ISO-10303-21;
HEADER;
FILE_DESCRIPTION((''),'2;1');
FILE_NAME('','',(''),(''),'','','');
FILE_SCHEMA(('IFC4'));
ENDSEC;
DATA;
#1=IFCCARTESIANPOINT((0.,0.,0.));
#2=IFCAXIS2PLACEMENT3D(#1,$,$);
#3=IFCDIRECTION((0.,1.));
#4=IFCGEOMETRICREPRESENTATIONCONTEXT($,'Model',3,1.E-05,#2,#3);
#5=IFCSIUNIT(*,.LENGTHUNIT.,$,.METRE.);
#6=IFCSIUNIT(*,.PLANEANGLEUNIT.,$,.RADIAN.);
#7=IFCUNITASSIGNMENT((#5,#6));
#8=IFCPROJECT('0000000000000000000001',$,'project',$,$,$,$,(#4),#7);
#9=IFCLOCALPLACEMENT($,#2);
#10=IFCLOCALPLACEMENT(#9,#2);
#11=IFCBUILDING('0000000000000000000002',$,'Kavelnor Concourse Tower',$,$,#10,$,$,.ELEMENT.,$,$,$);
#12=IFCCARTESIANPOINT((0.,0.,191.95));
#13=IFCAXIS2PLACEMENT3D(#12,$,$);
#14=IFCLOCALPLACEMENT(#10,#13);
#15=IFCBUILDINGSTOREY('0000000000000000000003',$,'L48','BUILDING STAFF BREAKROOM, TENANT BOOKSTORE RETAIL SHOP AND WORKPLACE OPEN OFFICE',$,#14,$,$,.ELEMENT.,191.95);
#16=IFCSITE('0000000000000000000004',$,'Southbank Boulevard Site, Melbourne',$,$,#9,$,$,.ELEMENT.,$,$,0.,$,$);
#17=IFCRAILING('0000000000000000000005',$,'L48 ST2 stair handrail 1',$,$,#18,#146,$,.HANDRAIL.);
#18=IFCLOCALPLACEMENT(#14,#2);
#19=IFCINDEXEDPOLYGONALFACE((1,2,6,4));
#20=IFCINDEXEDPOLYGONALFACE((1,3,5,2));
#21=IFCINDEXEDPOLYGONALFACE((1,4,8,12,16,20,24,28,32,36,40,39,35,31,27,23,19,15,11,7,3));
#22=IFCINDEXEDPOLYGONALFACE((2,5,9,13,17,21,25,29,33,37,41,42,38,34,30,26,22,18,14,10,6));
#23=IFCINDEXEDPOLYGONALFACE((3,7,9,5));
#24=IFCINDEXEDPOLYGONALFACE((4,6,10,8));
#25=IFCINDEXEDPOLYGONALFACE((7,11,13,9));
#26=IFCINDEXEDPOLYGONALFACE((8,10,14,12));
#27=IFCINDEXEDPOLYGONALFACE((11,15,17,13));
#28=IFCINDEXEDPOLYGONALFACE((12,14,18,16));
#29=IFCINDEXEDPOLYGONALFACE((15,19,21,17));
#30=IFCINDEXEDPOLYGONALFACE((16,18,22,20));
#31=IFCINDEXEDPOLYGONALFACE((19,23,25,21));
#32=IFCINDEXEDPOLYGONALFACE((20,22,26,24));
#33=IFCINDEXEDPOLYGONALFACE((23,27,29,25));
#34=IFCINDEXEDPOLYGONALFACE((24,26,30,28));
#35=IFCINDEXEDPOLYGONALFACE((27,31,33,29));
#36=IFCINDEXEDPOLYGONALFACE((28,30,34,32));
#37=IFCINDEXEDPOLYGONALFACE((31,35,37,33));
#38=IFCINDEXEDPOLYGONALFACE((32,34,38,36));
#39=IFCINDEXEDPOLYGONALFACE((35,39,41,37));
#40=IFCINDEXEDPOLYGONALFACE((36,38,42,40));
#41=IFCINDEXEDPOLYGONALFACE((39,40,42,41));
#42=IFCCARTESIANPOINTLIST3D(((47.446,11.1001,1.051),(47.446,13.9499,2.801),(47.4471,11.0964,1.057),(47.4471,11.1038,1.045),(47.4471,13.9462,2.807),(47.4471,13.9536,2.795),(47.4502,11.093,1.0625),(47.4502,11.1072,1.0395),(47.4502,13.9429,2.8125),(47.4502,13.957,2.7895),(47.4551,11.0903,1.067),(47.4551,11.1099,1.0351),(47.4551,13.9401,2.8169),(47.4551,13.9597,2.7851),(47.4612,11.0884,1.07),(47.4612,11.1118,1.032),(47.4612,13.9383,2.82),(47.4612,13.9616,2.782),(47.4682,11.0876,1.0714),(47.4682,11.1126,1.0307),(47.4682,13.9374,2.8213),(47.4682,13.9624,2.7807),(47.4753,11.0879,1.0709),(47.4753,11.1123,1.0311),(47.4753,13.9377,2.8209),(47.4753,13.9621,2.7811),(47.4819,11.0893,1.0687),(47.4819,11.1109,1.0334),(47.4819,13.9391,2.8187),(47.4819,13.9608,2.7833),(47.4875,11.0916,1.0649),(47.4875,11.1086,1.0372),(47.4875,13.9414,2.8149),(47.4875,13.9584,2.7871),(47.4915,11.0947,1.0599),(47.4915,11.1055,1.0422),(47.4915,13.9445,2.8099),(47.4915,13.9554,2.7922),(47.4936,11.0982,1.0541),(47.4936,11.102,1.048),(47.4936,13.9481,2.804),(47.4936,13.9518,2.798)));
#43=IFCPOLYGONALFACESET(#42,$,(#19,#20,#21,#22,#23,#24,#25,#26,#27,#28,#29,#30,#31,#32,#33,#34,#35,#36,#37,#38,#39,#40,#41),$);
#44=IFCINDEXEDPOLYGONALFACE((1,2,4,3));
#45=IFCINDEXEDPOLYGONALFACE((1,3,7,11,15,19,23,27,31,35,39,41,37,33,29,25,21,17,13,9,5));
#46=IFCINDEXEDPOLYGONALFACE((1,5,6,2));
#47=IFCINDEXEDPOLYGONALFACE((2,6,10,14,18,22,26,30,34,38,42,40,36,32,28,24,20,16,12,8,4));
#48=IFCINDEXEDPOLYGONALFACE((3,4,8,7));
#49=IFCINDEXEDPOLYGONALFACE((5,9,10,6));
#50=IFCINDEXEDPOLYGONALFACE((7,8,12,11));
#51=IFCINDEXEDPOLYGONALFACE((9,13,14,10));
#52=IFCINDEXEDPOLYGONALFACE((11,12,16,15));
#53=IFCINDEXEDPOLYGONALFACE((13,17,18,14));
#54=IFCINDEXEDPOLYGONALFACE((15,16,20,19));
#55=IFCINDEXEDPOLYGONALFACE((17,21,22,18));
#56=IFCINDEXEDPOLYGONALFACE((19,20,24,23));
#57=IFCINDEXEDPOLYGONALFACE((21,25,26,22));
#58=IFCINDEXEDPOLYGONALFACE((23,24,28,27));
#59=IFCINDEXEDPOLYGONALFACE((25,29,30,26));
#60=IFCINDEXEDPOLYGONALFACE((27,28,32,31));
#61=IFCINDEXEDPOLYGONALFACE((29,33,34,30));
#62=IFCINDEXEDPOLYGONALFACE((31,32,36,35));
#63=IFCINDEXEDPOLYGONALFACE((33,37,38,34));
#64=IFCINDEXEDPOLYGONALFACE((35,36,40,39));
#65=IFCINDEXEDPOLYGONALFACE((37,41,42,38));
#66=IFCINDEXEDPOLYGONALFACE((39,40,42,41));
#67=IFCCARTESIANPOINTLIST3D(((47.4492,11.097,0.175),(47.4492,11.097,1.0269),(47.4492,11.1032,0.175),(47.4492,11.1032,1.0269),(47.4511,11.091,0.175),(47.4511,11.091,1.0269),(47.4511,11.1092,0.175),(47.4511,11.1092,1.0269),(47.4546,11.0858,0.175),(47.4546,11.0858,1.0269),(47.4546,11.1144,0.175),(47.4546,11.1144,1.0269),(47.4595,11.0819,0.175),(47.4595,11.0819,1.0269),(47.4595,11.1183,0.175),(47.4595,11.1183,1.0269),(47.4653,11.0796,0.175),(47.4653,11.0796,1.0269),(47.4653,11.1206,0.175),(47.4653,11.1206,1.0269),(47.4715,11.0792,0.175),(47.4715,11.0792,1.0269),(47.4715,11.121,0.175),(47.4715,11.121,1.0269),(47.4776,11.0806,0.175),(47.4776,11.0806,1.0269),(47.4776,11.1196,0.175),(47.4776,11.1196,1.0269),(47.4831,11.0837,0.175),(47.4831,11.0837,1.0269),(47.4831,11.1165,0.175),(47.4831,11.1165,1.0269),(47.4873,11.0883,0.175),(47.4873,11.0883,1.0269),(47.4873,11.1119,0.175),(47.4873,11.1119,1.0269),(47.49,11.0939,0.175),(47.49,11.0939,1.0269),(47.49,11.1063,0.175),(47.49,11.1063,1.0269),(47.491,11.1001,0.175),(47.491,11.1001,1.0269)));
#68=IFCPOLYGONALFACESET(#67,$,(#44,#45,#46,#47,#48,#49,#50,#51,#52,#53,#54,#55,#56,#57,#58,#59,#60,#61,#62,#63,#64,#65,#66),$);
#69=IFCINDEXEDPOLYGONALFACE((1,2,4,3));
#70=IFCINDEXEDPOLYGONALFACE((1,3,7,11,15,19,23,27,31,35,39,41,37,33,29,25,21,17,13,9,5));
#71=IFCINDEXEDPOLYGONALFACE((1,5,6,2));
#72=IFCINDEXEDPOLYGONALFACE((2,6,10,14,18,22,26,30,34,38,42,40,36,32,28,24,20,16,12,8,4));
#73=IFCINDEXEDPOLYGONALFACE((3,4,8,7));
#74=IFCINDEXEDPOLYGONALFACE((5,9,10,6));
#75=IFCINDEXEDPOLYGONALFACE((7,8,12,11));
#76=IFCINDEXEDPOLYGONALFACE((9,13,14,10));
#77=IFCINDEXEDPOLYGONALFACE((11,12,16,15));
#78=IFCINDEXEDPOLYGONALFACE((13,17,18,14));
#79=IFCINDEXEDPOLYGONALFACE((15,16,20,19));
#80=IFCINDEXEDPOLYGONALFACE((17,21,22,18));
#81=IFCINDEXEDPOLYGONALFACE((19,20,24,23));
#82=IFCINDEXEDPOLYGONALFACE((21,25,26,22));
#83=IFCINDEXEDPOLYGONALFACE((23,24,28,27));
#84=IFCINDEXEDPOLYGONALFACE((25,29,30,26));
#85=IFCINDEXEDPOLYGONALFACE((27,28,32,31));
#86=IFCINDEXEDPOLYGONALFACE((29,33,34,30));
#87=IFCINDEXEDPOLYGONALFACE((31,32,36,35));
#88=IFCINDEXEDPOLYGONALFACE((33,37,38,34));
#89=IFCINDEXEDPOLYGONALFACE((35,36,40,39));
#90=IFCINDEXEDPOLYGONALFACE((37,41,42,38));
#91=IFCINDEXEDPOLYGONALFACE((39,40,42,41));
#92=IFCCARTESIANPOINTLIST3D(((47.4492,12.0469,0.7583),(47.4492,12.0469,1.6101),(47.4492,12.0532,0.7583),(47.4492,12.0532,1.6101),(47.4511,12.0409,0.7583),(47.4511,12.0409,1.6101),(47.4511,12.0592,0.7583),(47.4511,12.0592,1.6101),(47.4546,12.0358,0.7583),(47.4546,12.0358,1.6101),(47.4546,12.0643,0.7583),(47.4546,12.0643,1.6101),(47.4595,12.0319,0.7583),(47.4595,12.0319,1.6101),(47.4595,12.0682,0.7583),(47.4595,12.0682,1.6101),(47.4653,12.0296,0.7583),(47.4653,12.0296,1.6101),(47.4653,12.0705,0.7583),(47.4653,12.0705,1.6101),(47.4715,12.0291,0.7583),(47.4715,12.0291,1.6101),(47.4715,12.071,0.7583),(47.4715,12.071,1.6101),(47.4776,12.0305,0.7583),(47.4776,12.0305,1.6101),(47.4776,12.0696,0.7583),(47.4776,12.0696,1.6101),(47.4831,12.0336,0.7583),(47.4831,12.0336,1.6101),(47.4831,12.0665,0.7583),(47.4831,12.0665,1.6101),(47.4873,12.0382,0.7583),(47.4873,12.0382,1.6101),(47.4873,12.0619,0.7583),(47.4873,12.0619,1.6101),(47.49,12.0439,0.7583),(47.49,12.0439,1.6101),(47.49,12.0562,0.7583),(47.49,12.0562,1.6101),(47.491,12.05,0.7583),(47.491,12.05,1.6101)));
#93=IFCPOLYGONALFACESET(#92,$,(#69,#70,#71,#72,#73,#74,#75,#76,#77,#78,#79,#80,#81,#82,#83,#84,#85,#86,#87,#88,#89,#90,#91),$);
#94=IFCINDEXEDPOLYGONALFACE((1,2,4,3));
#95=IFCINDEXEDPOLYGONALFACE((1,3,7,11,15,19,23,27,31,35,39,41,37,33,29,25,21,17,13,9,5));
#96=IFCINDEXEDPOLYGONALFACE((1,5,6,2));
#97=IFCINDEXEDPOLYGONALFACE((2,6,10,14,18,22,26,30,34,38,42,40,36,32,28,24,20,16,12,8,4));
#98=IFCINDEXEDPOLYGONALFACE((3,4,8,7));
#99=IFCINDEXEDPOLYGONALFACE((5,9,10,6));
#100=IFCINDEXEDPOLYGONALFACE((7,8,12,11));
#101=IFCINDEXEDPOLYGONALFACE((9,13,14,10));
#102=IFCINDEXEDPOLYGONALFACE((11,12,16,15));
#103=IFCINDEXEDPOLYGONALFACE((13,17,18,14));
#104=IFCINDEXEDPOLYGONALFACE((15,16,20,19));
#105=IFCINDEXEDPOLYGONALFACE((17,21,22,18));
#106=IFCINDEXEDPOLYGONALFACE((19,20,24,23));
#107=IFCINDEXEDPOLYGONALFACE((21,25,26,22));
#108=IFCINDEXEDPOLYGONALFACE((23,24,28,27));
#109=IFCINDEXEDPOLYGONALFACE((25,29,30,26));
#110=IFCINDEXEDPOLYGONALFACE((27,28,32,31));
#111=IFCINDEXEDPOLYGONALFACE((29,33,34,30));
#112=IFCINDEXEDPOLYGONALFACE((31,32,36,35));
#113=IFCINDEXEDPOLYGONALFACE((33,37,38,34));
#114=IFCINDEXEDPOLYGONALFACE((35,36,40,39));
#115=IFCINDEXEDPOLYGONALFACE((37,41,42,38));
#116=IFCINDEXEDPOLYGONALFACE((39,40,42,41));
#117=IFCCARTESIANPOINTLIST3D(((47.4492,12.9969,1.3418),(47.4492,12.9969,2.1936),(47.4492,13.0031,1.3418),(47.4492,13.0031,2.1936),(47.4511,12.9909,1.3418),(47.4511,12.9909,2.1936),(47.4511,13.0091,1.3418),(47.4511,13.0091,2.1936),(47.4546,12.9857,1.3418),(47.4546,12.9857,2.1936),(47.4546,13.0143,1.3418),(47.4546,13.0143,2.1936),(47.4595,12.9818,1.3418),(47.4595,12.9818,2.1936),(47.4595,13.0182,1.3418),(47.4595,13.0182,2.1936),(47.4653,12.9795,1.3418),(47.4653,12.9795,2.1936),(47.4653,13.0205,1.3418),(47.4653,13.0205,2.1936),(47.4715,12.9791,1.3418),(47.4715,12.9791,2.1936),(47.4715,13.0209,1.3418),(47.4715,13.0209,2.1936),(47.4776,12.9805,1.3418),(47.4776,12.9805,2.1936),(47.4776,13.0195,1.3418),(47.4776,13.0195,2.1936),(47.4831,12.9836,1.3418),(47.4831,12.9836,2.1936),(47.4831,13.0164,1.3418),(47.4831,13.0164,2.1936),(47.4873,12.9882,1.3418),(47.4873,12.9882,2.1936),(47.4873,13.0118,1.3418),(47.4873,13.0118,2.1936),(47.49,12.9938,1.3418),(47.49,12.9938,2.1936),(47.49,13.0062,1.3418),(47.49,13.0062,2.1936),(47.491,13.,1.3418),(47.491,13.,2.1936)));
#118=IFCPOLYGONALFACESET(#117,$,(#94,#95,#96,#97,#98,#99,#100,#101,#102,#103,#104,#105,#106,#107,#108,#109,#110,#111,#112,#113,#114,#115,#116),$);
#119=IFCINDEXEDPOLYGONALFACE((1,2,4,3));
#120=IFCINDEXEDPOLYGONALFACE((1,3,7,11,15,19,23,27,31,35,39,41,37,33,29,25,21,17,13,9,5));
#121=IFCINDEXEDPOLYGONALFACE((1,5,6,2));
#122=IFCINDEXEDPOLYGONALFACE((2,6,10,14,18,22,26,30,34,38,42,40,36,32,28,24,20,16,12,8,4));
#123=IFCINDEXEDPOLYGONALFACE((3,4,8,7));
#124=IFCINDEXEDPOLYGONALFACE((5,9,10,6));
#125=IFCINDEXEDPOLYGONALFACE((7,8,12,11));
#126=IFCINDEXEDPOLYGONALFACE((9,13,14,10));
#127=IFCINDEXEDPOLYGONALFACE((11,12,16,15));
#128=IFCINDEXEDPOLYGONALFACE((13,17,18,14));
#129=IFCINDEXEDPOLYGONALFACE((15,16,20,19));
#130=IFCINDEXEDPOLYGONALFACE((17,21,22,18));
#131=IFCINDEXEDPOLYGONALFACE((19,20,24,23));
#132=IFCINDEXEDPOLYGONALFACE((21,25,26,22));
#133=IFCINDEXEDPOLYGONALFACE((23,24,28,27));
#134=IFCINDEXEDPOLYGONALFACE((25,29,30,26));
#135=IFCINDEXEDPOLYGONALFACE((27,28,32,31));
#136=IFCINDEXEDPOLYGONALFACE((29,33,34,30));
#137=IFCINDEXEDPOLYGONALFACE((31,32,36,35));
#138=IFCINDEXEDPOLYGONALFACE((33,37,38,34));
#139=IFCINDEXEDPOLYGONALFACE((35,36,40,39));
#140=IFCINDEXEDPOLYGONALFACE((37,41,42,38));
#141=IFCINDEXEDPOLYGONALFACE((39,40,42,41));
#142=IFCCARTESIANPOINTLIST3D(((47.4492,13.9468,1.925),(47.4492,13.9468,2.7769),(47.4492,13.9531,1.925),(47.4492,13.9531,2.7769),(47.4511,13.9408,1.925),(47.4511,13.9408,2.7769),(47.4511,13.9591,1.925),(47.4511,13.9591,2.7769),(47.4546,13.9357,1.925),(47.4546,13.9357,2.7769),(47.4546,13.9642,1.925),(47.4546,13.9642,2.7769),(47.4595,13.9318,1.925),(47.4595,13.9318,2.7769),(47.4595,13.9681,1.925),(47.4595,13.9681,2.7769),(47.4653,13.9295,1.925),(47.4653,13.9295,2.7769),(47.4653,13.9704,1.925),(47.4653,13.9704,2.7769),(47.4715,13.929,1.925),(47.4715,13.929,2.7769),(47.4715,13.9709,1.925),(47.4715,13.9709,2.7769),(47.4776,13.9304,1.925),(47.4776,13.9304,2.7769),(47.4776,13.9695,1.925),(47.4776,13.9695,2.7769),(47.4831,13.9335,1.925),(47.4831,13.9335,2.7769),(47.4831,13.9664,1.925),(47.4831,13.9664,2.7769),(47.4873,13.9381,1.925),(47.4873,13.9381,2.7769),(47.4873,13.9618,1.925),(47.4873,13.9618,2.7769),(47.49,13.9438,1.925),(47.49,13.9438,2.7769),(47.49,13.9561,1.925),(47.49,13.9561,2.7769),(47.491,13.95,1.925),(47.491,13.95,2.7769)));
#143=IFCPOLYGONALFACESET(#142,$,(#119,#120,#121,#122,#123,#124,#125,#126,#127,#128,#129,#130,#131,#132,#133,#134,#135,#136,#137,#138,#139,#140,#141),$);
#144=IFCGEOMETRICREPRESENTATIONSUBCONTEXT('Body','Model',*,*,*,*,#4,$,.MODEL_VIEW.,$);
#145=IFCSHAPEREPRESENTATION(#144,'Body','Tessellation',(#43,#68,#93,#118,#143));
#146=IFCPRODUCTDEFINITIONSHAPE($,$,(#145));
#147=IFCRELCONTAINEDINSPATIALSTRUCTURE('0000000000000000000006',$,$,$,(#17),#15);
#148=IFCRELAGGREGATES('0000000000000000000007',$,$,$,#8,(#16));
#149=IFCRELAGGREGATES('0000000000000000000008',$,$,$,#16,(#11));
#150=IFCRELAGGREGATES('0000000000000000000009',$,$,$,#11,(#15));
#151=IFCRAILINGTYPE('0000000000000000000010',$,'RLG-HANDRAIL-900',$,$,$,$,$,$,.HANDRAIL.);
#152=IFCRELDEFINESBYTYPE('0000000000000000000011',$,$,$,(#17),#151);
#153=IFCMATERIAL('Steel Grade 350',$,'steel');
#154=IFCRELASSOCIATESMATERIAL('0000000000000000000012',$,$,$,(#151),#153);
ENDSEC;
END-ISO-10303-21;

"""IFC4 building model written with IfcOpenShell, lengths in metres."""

from ifc_helpers import new_model, si_unit, direction, frame, origin, origin_2d, place, context, subcontext, project, spatial, circle, extrude, material, type_object, element, save


model = new_model("IFC4")

# Units and contexts
model_context = context("Model", 3, precision=1e-05, world=origin(), true_north=direction((0.0, 1.0)))
body_context = subcontext(model_context, "Body", "Model", "MODEL_VIEW")
ifc_project = project(units=[si_unit("LENGTHUNIT", "METRE"), si_unit("PLANEANGLEUNIT", "RADIAN")], contexts=[model_context])

# Site, building, storey
site_placement = place(None, origin())
site = spatial("IfcSite", under=ifc_project, at=site_placement, Name="Southbank Boulevard Site, Melbourne", CompositionType="ELEMENT", RefElevation=0.0)
building_placement = place(site_placement, origin())
building = spatial("IfcBuilding", under=site, at=building_placement, Name="Kavelnor Concourse Tower", CompositionType="ELEMENT")
storey_placement = place(building_placement, frame((0.0, 0.0, 191.95)))
storey = spatial("IfcBuildingStorey", under=building, at=storey_placement, Name="L48", Description="BUILDING STAFF BREAKROOM, TENANT BOOKSTORE RETAIL SHOP AND WORKPLACE OPEN OFFICE", CompositionType="ELEMENT", Elevation=191.95)

# Shared definitions
ifc_material_1 = material(Name="Steel Grade 350", Category="steel")

# Railing
railing_type = type_object("IfcRailingType", Name="RLG-HANDRAIL-900", PredefinedType="HANDRAIL", material=ifc_material_1)
railing_placement = place(storey_placement, frame((47.47, 11.1001, 0.175)))
element("IfcRailing", 1, at=railing_placement, inside=storey, type_object=railing_type, Name="L48 ST2 stair handrail 1", PredefinedType="HANDRAIL", context=body_context, shape_type="SweptSolid", body=[
    extrude(circle(Radius=0.0239, at=origin_2d()), frame((0.0, 0.0, 0.876), z_axis=(0.0, 0.852159, 0.523283), x_axis=(-1.0, 0.0, 0.0)), (0.0, 0.0, 1.0), 3.3442),
    extrude(circle(Radius=0.021, at=origin_2d()), origin(), (0.0, 0.0, 1.0), 0.8518),
    extrude(circle(Radius=0.021, at=origin_2d()), frame((0.0, 0.95, 0.5833)), (0.0, 0.0, 1.0), 0.8518),
    extrude(circle(Radius=0.021, at=origin_2d()), frame((0.0, 1.8999, 1.1667)), (0.0, 0.0, 1.0), 0.8518),
    extrude(circle(Radius=0.021, at=origin_2d()), frame((0.0, 2.8499, 1.75)), (0.0, 0.0, 1.0), 0.8518),
])

save(model, "model.ifc")
